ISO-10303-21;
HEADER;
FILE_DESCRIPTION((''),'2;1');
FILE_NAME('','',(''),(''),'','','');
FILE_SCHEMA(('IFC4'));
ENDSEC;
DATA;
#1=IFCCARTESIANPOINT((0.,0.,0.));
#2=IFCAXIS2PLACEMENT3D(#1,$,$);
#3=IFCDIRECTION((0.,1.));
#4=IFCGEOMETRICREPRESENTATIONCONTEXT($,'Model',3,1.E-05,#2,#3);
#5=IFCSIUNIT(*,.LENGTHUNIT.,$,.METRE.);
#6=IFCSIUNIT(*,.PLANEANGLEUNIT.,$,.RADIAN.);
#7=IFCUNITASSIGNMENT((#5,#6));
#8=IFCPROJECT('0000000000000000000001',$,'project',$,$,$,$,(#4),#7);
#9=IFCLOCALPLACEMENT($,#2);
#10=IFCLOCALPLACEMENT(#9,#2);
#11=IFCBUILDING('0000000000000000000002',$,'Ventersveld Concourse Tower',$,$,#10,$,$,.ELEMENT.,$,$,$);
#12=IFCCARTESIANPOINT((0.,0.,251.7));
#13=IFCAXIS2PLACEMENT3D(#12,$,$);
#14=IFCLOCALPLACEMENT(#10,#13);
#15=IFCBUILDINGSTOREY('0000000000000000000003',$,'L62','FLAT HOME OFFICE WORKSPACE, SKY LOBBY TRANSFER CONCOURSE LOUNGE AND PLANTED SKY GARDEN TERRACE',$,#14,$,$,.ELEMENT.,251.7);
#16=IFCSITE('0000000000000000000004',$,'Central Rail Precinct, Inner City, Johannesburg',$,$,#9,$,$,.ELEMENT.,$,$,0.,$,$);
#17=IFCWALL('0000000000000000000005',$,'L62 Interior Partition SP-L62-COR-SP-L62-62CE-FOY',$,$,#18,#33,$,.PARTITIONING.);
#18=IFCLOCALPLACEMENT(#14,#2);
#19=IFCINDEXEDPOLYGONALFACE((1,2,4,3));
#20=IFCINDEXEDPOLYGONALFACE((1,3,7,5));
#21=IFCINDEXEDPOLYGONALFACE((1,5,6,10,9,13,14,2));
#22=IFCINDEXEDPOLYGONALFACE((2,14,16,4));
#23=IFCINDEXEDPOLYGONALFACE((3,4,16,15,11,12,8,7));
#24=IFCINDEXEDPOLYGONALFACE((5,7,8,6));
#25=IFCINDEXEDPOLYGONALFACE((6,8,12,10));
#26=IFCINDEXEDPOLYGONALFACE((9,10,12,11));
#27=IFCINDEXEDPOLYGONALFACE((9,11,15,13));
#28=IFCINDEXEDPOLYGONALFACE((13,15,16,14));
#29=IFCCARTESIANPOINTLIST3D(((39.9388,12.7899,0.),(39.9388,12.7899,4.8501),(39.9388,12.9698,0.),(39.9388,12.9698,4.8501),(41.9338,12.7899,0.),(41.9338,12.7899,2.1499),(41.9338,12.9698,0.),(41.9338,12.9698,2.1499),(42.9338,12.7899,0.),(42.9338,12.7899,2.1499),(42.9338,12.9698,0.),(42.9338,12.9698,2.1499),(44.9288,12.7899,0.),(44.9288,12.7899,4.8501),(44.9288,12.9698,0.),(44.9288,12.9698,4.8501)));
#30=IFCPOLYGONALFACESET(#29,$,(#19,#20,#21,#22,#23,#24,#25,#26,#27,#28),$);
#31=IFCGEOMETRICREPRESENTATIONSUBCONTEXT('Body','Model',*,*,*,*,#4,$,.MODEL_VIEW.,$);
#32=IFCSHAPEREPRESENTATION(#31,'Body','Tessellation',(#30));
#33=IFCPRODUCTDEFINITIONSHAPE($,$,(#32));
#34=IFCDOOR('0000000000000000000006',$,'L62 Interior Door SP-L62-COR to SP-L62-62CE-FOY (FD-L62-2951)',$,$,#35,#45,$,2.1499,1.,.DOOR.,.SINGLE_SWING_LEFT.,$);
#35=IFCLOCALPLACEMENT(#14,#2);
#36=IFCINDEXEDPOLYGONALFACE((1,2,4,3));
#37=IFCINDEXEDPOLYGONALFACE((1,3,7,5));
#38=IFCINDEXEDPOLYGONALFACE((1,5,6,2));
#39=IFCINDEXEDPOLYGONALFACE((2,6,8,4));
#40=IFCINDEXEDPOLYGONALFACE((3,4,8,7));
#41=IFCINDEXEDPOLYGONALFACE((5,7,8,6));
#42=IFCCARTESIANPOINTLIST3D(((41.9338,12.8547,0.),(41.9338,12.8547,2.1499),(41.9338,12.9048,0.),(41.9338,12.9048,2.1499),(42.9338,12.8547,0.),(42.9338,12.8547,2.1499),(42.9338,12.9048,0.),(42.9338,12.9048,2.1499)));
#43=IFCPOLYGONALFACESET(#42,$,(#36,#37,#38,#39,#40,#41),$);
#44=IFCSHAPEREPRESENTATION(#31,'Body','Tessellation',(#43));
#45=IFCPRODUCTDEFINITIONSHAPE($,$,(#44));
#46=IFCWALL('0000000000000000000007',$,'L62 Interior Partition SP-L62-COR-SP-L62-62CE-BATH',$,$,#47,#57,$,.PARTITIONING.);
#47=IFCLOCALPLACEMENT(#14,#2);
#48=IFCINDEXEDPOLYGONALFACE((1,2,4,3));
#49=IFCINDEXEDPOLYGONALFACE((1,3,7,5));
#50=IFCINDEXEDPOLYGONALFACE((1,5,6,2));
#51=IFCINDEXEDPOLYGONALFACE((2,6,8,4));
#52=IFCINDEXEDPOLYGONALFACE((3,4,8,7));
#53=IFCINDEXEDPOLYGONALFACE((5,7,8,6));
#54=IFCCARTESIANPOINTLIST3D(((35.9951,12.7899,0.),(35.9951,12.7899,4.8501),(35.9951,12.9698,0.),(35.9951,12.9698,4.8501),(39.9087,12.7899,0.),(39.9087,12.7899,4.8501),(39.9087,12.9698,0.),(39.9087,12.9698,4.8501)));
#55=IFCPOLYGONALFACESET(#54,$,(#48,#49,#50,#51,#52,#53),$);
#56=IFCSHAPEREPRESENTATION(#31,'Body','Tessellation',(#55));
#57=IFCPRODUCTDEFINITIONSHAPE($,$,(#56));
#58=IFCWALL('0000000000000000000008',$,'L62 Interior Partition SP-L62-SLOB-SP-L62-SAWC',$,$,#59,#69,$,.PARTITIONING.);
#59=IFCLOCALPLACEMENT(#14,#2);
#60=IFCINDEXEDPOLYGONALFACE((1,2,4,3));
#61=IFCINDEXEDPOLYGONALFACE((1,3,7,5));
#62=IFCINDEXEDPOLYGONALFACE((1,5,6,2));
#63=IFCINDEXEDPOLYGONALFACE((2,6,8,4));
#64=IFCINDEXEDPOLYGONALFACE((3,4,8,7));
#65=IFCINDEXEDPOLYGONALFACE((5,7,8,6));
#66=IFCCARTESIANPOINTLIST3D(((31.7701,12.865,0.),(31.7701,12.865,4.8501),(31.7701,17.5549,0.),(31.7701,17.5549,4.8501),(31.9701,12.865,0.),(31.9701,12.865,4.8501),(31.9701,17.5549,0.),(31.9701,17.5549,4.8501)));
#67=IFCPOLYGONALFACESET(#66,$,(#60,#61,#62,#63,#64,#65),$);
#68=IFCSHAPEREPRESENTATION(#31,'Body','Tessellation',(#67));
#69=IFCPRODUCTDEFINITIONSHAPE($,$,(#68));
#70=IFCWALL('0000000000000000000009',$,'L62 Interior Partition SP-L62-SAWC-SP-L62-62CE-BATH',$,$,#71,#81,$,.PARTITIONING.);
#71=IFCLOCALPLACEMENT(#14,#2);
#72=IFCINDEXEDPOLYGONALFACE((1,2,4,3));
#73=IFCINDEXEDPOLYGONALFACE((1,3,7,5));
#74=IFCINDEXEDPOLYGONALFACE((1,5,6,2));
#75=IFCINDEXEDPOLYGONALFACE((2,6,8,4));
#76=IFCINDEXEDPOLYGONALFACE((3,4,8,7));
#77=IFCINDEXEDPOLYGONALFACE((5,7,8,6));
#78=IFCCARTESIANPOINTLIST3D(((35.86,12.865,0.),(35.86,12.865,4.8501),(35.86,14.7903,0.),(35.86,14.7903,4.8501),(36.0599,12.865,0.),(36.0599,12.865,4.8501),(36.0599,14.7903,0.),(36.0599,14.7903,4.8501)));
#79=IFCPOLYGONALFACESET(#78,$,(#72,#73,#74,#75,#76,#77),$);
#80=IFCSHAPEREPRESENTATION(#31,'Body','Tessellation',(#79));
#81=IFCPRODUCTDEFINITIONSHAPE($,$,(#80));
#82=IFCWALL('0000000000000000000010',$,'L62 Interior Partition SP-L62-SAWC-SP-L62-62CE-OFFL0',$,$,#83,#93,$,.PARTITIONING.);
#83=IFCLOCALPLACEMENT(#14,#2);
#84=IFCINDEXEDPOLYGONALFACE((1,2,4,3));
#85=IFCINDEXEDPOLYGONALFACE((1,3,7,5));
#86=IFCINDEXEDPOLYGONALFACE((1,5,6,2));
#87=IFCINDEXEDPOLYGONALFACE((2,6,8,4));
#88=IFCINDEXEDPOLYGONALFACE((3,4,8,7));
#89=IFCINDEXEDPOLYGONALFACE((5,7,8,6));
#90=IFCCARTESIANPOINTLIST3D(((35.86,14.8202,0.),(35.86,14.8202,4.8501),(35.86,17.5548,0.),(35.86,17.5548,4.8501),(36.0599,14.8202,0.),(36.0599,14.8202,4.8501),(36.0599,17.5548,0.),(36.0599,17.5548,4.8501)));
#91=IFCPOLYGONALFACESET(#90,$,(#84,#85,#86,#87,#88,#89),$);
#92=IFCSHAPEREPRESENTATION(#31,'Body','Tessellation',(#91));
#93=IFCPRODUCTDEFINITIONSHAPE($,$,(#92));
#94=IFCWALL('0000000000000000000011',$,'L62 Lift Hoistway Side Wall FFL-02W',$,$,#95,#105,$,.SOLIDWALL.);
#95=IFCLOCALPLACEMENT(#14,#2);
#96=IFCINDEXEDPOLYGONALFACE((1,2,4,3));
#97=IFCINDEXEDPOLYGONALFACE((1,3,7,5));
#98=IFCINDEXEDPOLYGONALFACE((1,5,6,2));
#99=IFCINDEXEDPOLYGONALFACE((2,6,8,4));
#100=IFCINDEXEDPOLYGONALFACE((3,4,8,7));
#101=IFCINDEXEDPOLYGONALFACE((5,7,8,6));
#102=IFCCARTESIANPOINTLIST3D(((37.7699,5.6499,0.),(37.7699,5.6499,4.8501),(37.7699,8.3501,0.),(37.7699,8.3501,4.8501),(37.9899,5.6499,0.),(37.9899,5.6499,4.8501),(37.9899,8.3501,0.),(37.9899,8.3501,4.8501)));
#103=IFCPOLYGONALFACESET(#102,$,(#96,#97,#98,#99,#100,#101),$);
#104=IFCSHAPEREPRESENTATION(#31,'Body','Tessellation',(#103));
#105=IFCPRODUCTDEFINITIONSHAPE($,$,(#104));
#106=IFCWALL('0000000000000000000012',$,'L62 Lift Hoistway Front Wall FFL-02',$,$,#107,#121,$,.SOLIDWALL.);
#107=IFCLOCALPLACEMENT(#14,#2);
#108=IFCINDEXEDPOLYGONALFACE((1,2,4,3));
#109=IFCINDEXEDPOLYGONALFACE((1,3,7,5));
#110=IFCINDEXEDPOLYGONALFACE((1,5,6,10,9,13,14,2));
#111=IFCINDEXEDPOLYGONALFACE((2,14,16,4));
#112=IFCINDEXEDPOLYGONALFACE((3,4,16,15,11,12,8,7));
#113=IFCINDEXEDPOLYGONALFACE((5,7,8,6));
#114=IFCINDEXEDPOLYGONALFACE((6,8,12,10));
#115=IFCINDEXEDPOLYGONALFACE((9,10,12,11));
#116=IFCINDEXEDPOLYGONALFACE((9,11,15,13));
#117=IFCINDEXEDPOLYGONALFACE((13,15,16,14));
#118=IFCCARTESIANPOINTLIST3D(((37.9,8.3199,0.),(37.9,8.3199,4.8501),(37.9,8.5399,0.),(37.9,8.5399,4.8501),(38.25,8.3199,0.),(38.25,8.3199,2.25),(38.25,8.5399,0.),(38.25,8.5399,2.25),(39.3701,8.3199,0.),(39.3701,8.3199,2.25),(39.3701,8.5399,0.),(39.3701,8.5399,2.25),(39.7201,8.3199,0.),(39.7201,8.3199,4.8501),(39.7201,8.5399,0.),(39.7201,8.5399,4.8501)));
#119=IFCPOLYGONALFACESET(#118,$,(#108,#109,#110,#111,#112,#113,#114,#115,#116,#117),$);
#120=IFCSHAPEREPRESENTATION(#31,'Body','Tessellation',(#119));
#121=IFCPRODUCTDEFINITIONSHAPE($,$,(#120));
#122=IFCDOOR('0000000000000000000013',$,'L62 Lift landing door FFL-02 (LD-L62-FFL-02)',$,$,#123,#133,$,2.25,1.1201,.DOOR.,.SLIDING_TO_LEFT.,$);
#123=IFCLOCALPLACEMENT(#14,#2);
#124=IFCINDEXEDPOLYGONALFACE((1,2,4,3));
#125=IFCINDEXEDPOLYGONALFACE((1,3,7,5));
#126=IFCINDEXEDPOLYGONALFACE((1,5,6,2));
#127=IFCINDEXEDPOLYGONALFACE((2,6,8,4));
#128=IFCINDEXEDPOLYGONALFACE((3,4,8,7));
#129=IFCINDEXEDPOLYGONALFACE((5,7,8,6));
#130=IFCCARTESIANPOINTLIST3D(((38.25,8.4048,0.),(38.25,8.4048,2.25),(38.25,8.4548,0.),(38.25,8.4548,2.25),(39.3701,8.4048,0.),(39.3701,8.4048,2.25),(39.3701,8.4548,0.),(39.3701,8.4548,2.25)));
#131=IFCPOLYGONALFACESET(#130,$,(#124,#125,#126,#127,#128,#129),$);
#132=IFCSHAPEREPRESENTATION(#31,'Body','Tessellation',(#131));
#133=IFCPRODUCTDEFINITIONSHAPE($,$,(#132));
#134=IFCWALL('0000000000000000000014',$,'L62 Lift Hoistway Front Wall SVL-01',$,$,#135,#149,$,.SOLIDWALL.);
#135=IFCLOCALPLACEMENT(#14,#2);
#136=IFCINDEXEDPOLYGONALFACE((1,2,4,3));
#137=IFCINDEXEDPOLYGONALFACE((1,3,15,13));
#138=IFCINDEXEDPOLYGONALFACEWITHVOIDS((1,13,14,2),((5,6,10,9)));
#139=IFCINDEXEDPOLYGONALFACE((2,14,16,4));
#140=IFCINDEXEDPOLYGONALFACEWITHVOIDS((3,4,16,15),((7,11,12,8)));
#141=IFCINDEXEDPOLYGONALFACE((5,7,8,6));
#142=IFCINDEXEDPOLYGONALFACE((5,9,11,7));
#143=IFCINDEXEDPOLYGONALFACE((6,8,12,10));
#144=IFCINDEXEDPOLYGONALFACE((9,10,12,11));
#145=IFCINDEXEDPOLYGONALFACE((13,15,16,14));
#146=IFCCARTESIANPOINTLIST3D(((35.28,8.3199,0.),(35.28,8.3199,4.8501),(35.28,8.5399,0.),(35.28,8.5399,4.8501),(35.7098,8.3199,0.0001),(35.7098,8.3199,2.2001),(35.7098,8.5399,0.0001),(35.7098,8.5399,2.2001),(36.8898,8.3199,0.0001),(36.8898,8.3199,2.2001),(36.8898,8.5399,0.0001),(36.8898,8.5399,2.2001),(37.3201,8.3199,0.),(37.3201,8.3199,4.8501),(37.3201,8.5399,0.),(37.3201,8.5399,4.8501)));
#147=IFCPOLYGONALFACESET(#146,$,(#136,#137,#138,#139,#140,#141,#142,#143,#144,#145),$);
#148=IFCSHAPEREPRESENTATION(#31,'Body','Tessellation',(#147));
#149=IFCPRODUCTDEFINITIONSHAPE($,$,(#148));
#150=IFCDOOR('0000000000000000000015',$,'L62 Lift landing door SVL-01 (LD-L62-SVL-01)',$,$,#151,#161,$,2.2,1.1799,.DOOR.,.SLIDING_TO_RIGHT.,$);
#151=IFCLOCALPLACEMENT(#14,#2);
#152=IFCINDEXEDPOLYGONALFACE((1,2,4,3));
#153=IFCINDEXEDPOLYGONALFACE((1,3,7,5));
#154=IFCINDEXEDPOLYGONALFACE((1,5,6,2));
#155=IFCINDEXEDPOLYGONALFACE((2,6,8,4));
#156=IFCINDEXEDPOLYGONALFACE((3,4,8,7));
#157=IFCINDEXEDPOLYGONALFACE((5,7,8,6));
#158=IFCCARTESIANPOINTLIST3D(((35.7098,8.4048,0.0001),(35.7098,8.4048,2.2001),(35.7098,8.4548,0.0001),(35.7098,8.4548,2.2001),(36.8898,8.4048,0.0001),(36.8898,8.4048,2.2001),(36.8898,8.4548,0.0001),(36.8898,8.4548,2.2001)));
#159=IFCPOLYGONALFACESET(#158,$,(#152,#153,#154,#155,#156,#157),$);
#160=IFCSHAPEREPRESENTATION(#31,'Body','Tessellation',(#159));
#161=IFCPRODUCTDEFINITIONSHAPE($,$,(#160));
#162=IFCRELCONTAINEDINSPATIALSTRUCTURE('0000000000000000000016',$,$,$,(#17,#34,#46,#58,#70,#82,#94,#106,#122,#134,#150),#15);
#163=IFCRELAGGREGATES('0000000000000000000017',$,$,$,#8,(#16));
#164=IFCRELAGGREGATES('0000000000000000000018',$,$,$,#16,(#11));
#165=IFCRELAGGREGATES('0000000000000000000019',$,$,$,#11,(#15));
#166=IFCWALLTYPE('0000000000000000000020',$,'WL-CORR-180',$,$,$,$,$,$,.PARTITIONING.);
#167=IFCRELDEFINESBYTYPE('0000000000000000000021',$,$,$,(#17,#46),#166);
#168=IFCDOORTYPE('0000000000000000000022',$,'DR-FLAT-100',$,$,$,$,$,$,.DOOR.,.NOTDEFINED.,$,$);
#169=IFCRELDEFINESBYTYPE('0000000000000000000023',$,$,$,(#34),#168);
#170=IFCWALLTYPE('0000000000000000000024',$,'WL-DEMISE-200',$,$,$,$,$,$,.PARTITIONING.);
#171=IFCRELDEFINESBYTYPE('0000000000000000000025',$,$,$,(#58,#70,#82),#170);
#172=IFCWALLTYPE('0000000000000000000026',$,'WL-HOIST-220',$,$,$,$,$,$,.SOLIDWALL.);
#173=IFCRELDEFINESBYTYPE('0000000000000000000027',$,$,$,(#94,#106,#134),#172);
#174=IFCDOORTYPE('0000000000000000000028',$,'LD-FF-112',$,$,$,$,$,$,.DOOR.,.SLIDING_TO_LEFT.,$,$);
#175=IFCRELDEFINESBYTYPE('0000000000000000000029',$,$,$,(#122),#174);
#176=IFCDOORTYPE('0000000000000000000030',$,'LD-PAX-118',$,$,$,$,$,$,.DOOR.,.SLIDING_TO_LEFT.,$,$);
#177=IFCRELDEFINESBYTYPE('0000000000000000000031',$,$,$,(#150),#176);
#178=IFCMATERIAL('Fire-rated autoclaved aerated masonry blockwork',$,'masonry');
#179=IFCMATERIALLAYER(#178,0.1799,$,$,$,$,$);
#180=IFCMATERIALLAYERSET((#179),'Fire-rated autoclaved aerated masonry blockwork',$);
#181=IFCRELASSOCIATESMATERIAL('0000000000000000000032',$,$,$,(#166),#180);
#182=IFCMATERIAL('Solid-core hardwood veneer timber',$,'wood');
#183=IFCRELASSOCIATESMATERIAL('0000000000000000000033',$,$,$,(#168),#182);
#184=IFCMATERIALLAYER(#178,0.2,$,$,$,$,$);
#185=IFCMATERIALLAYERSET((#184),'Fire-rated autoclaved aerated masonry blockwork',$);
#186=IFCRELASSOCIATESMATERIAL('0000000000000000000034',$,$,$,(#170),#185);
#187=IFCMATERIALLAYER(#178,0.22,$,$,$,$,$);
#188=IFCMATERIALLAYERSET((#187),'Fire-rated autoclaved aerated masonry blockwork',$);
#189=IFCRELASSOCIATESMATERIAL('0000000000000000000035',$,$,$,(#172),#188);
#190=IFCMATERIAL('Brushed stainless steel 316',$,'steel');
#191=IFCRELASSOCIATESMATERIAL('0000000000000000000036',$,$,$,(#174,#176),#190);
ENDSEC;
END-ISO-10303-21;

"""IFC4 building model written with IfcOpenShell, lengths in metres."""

from ifc_helpers import new_model, si_unit, direction, frame, frame_2d, origin, place, context, subcontext, project, spatial, rectangle, extrude, material, layer, layer_set, type_object, element, fill, save


model = new_model("IFC4")

# Units and contexts
model_context = context("Model", 3, precision=1e-05, world=origin(), true_north=direction((0.0, 1.0)))
body_context = subcontext(model_context, "Body", "Model", "MODEL_VIEW")
ifc_project = project(units=[si_unit("LENGTHUNIT", "METRE"), si_unit("PLANEANGLEUNIT", "RADIAN")], contexts=[model_context])

# Site, building, storey
site_placement = place(None, origin())
site = spatial("IfcSite", under=ifc_project, at=site_placement, Name="Central Rail Precinct, Inner City, Johannesburg", CompositionType="ELEMENT", RefElevation=0.0)
building_placement = place(site_placement, origin())
building = spatial("IfcBuilding", under=site, at=building_placement, Name="Ventersveld Concourse Tower", CompositionType="ELEMENT")
storey_placement = place(building_placement, frame((0.0, 0.0, 251.7)))
storey = spatial("IfcBuildingStorey", under=building, at=storey_placement, Name="L62", Description="FLAT HOME OFFICE WORKSPACE, SKY LOBBY TRANSFER CONCOURSE LOUNGE AND PLANTED SKY GARDEN TERRACE", CompositionType="ELEMENT", Elevation=251.7)

# Wall, opening, door
ifc_material_1 = material(Name="Fire-rated autoclaved aerated masonry blockwork", Category="masonry")
ifc_layer_1 = layer(ifc_material_1, 0.1799)
ifc_layer_set_1 = layer_set([ifc_layer_1], Name="Fire-rated autoclaved aerated masonry blockwork")
wall_type_1 = type_object("IfcWallType", Name="WL-CORR-180", PredefinedType="PARTITIONING", material=ifc_layer_set_1)
ifc_material_2 = material(Name="Solid-core hardwood veneer timber", Category="wood")
wall_1_placement = place(storey_placement, frame((39.9387, 12.8799, 0.0), z_axis=(0.0, 0.0, 1.0), x_axis=(1.0, 0.0, 0.0)))
wall_1 = element("IfcWall", 1, at=wall_1_placement, inside=storey, type_object=wall_type_1, Name="L62 Interior Partition SP-L62-COR-SP-L62-62CE-FOY", PredefinedType="PARTITIONING", context=body_context, shape_type="SweptSolid", body=[
    extrude(rectangle(XDim=4.99, YDim=0.1799, at=frame_2d((2.4951, 0.0))), origin(), (0.0, 0.0, 1.0), 4.8501),
])
opening_1_placement = place(wall_1_placement, frame((1.9951, 0.0, 0.0)))
opening_1 = element("IfcOpeningElement", 2, at=opening_1_placement, cuts=wall_1, PredefinedType="OPENING", context=body_context, shape_type="SweptSolid", body=[
    extrude(rectangle(XDim=1.0, YDim=2.1499, at=frame_2d((0.5, 1.075))), frame((0.0, 0.1001, 0.0), z_axis=(0.0, -1.0, 0.0), x_axis=(1.0, 0.0, 0.0)), (0.0, 0.0, 1.0), 0.2),
])
door_type_1 = type_object("IfcDoorType", Name="DR-FLAT-100", OperationType="NOTDEFINED", PredefinedType="DOOR", material=ifc_material_2)
door_1_placement = place(opening_1_placement, origin())
door_1 = element("IfcDoor", 3, at=door_1_placement, inside=storey, type_object=door_type_1, Name="L62 Interior Door SP-L62-COR to SP-L62-62CE-FOY (FD-L62-2951)", OperationType="SINGLE_SWING_LEFT", OverallHeight=2.1499, OverallWidth=1.0, PredefinedType="DOOR", context=body_context, shape_type="SweptSolid", body=[
    extrude(rectangle(XDim=1.0, YDim=2.1499, at=frame_2d((0.5, 1.075))), frame((0.0, 0.0249, 0.0), z_axis=(0.0, -1.0, 0.0), x_axis=(1.0, 0.0, 0.0)), (0.0, 0.0, 1.0), 0.05),
])
fill(opening_1, door_1)

# Walls
wall_2_placement = place(storey_placement, frame((35.9951, 12.8799, 0.0), z_axis=(0.0, 0.0, 1.0), x_axis=(1.0, 0.0, 0.0)))
element("IfcWall", 4, at=wall_2_placement, inside=storey, type_object=wall_type_1, Name="L62 Interior Partition SP-L62-COR-SP-L62-62CE-BATH", PredefinedType="PARTITIONING", context=body_context, shape_type="SweptSolid", body=[
    extrude(rectangle(XDim=3.9136, YDim=0.1799, at=frame_2d((1.9568, 0.0))), origin(), (0.0, 0.0, 1.0), 4.8501),
])
ifc_layer_2 = layer(ifc_material_1, 0.2)
ifc_layer_set_2 = layer_set([ifc_layer_2], Name="Fire-rated autoclaved aerated masonry blockwork")
wall_type_2 = type_object("IfcWallType", Name="WL-DEMISE-200", PredefinedType="PARTITIONING", material=ifc_layer_set_2)
wall_3_placement = place(storey_placement, frame((31.8701, 12.865, 0.0), z_axis=(0.0, 0.0, 1.0), x_axis=(0.0, 1.0, 0.0)))
element("IfcWall", 5, at=wall_3_placement, inside=storey, type_object=wall_type_2, Name="L62 Interior Partition SP-L62-SLOB-SP-L62-SAWC", PredefinedType="PARTITIONING", context=body_context, shape_type="SweptSolid", body=[
    extrude(rectangle(XDim=4.6899, YDim=0.2, at=frame_2d((2.345, 0.0))), origin(), (0.0, 0.0, 1.0), 4.8501),
])
wall_4_placement = place(storey_placement, frame((35.96, 12.865, 0.0), z_axis=(0.0, 0.0, 1.0), x_axis=(0.0, 1.0, 0.0)))
element("IfcWall", 6, at=wall_4_placement, inside=storey, type_object=wall_type_2, Name="L62 Interior Partition SP-L62-SAWC-SP-L62-62CE-BATH", PredefinedType="PARTITIONING", context=body_context, shape_type="SweptSolid", body=[
    extrude(rectangle(XDim=1.9253, YDim=0.2, at=frame_2d((0.9626, 0.0))), origin(), (0.0, 0.0, 1.0), 4.8501),
])
wall_5_placement = place(storey_placement, frame((35.96, 14.8203, 0.0), z_axis=(0.0, 0.0, 1.0), x_axis=(0.0, 1.0, 0.0)))
element("IfcWall", 7, at=wall_5_placement, inside=storey, type_object=wall_type_2, Name="L62 Interior Partition SP-L62-SAWC-SP-L62-62CE-OFFL0", PredefinedType="PARTITIONING", context=body_context, shape_type="SweptSolid", body=[
    extrude(rectangle(XDim=2.7346, YDim=0.2, at=frame_2d((1.3672, 0.0))), origin(), (0.0, 0.0, 1.0), 4.8501),
])
ifc_layer_3 = layer(ifc_material_1, 0.22)
ifc_layer_set_3 = layer_set([ifc_layer_3], Name="Fire-rated autoclaved aerated masonry blockwork")
wall_type_3 = type_object("IfcWallType", Name="WL-HOIST-220", PredefinedType="SOLIDWALL", material=ifc_layer_set_3)
wall_6_placement = place(storey_placement, frame((37.8799, 5.6499, 0.0), z_axis=(0.0, 0.0, 1.0), x_axis=(0.0, 1.0, 0.0)))
element("IfcWall", 8, at=wall_6_placement, inside=storey, type_object=wall_type_3, Name="L62 Lift Hoistway Side Wall FFL-02W", PredefinedType="SOLIDWALL", context=body_context, shape_type="SweptSolid", body=[
    extrude(rectangle(XDim=2.7002, YDim=0.22, at=frame_2d((1.3501, 0.0))), origin(), (0.0, 0.0, 1.0), 4.8501),
])

# Walls, openings, doors
wall_7_placement = place(storey_placement, frame((37.8999, 8.4299, 0.0), z_axis=(0.0, 0.0, 1.0), x_axis=(1.0, 0.0, 0.0)))
wall_7 = element("IfcWall", 9, at=wall_7_placement, inside=storey, type_object=wall_type_3, Name="L62 Lift Hoistway Front Wall FFL-02", PredefinedType="SOLIDWALL", context=body_context, shape_type="SweptSolid", body=[
    extrude(rectangle(XDim=1.8201, YDim=0.22, at=frame_2d((0.9102, 0.0))), origin(), (0.0, 0.0, 1.0), 4.8501),
])
opening_2_placement = place(wall_7_placement, frame((0.3501, 0.0, 0.0)))
opening_2 = element("IfcOpeningElement", 10, at=opening_2_placement, cuts=wall_7, PredefinedType="OPENING", context=body_context, shape_type="SweptSolid", body=[
    extrude(rectangle(XDim=1.1201, YDim=2.25, at=frame_2d((0.5601, 1.125))), frame((0.0, 0.1201, 0.0), z_axis=(0.0, -1.0, 0.0), x_axis=(1.0, 0.0, 0.0)), (0.0, 0.0, 1.0), 0.24),
])
ifc_material_3 = material(Name="Brushed stainless steel 316", Category="steel")
door_type_2 = type_object("IfcDoorType", Name="LD-FF-112", OperationType="SLIDING_TO_LEFT", PredefinedType="DOOR", material=ifc_material_3)
door_2_placement = place(opening_2_placement, origin())
door_2 = element("IfcDoor", 11, at=door_2_placement, inside=storey, type_object=door_type_2, Name="L62 Lift landing door FFL-02 (LD-L62-FFL-02)", OperationType="SLIDING_TO_LEFT", OverallHeight=2.25, OverallWidth=1.1201, PredefinedType="DOOR", context=body_context, shape_type="SweptSolid", body=[
    extrude(rectangle(XDim=1.1201, YDim=2.25, at=frame_2d((0.5601, 1.125))), frame((0.0, 0.0249, 0.0), z_axis=(0.0, -1.0, 0.0), x_axis=(1.0, 0.0, 0.0)), (0.0, 0.0, 1.0), 0.05),
])
fill(opening_2, door_2)
wall_8_placement = place(storey_placement, frame((35.28, 8.4299, 0.0), z_axis=(0.0, 0.0, 1.0), x_axis=(1.0, 0.0, 0.0)))
wall_8 = element("IfcWall", 12, at=wall_8_placement, inside=storey, type_object=wall_type_3, Name="L62 Lift Hoistway Front Wall SVL-01", PredefinedType="SOLIDWALL", context=body_context, shape_type="SweptSolid", body=[
    extrude(rectangle(XDim=2.04, YDim=0.22, at=frame_2d((1.02, 0.0))), origin(), (0.0, 0.0, 1.0), 4.8501),
])
opening_3_placement = place(wall_8_placement, frame((0.4299, 0.0, 0.0)))
opening_3 = element("IfcOpeningElement", 13, at=opening_3_placement, cuts=wall_8, PredefinedType="OPENING", context=body_context, shape_type="SweptSolid", body=[
    extrude(rectangle(XDim=1.1799, YDim=2.2, at=frame_2d((0.5898, 1.1001))), frame((0.0, 0.1201, 0.0), z_axis=(0.0, -1.0, 0.0), x_axis=(1.0, 0.0, 0.0)), (0.0, 0.0, 1.0), 0.24),
])
door_type_3 = type_object("IfcDoorType", Name="LD-PAX-118", OperationType="SLIDING_TO_LEFT", PredefinedType="DOOR", material=ifc_material_3)
door_3_placement = place(opening_3_placement, origin())
door_3 = element("IfcDoor", 14, at=door_3_placement, inside=storey, type_object=door_type_3, Name="L62 Lift landing door SVL-01 (LD-L62-SVL-01)", OperationType="SLIDING_TO_RIGHT", OverallHeight=2.2, OverallWidth=1.1799, PredefinedType="DOOR", context=body_context, shape_type="SweptSolid", body=[
    extrude(rectangle(XDim=1.1799, YDim=2.2, at=frame_2d((0.5898, 1.1001))), frame((0.0, 0.0249, 0.0), z_axis=(0.0, -1.0, 0.0), x_axis=(1.0, 0.0, 0.0)), (0.0, 0.0, 1.0), 0.05),
])
fill(opening_3, door_3)

save(model, "model.ifc")
